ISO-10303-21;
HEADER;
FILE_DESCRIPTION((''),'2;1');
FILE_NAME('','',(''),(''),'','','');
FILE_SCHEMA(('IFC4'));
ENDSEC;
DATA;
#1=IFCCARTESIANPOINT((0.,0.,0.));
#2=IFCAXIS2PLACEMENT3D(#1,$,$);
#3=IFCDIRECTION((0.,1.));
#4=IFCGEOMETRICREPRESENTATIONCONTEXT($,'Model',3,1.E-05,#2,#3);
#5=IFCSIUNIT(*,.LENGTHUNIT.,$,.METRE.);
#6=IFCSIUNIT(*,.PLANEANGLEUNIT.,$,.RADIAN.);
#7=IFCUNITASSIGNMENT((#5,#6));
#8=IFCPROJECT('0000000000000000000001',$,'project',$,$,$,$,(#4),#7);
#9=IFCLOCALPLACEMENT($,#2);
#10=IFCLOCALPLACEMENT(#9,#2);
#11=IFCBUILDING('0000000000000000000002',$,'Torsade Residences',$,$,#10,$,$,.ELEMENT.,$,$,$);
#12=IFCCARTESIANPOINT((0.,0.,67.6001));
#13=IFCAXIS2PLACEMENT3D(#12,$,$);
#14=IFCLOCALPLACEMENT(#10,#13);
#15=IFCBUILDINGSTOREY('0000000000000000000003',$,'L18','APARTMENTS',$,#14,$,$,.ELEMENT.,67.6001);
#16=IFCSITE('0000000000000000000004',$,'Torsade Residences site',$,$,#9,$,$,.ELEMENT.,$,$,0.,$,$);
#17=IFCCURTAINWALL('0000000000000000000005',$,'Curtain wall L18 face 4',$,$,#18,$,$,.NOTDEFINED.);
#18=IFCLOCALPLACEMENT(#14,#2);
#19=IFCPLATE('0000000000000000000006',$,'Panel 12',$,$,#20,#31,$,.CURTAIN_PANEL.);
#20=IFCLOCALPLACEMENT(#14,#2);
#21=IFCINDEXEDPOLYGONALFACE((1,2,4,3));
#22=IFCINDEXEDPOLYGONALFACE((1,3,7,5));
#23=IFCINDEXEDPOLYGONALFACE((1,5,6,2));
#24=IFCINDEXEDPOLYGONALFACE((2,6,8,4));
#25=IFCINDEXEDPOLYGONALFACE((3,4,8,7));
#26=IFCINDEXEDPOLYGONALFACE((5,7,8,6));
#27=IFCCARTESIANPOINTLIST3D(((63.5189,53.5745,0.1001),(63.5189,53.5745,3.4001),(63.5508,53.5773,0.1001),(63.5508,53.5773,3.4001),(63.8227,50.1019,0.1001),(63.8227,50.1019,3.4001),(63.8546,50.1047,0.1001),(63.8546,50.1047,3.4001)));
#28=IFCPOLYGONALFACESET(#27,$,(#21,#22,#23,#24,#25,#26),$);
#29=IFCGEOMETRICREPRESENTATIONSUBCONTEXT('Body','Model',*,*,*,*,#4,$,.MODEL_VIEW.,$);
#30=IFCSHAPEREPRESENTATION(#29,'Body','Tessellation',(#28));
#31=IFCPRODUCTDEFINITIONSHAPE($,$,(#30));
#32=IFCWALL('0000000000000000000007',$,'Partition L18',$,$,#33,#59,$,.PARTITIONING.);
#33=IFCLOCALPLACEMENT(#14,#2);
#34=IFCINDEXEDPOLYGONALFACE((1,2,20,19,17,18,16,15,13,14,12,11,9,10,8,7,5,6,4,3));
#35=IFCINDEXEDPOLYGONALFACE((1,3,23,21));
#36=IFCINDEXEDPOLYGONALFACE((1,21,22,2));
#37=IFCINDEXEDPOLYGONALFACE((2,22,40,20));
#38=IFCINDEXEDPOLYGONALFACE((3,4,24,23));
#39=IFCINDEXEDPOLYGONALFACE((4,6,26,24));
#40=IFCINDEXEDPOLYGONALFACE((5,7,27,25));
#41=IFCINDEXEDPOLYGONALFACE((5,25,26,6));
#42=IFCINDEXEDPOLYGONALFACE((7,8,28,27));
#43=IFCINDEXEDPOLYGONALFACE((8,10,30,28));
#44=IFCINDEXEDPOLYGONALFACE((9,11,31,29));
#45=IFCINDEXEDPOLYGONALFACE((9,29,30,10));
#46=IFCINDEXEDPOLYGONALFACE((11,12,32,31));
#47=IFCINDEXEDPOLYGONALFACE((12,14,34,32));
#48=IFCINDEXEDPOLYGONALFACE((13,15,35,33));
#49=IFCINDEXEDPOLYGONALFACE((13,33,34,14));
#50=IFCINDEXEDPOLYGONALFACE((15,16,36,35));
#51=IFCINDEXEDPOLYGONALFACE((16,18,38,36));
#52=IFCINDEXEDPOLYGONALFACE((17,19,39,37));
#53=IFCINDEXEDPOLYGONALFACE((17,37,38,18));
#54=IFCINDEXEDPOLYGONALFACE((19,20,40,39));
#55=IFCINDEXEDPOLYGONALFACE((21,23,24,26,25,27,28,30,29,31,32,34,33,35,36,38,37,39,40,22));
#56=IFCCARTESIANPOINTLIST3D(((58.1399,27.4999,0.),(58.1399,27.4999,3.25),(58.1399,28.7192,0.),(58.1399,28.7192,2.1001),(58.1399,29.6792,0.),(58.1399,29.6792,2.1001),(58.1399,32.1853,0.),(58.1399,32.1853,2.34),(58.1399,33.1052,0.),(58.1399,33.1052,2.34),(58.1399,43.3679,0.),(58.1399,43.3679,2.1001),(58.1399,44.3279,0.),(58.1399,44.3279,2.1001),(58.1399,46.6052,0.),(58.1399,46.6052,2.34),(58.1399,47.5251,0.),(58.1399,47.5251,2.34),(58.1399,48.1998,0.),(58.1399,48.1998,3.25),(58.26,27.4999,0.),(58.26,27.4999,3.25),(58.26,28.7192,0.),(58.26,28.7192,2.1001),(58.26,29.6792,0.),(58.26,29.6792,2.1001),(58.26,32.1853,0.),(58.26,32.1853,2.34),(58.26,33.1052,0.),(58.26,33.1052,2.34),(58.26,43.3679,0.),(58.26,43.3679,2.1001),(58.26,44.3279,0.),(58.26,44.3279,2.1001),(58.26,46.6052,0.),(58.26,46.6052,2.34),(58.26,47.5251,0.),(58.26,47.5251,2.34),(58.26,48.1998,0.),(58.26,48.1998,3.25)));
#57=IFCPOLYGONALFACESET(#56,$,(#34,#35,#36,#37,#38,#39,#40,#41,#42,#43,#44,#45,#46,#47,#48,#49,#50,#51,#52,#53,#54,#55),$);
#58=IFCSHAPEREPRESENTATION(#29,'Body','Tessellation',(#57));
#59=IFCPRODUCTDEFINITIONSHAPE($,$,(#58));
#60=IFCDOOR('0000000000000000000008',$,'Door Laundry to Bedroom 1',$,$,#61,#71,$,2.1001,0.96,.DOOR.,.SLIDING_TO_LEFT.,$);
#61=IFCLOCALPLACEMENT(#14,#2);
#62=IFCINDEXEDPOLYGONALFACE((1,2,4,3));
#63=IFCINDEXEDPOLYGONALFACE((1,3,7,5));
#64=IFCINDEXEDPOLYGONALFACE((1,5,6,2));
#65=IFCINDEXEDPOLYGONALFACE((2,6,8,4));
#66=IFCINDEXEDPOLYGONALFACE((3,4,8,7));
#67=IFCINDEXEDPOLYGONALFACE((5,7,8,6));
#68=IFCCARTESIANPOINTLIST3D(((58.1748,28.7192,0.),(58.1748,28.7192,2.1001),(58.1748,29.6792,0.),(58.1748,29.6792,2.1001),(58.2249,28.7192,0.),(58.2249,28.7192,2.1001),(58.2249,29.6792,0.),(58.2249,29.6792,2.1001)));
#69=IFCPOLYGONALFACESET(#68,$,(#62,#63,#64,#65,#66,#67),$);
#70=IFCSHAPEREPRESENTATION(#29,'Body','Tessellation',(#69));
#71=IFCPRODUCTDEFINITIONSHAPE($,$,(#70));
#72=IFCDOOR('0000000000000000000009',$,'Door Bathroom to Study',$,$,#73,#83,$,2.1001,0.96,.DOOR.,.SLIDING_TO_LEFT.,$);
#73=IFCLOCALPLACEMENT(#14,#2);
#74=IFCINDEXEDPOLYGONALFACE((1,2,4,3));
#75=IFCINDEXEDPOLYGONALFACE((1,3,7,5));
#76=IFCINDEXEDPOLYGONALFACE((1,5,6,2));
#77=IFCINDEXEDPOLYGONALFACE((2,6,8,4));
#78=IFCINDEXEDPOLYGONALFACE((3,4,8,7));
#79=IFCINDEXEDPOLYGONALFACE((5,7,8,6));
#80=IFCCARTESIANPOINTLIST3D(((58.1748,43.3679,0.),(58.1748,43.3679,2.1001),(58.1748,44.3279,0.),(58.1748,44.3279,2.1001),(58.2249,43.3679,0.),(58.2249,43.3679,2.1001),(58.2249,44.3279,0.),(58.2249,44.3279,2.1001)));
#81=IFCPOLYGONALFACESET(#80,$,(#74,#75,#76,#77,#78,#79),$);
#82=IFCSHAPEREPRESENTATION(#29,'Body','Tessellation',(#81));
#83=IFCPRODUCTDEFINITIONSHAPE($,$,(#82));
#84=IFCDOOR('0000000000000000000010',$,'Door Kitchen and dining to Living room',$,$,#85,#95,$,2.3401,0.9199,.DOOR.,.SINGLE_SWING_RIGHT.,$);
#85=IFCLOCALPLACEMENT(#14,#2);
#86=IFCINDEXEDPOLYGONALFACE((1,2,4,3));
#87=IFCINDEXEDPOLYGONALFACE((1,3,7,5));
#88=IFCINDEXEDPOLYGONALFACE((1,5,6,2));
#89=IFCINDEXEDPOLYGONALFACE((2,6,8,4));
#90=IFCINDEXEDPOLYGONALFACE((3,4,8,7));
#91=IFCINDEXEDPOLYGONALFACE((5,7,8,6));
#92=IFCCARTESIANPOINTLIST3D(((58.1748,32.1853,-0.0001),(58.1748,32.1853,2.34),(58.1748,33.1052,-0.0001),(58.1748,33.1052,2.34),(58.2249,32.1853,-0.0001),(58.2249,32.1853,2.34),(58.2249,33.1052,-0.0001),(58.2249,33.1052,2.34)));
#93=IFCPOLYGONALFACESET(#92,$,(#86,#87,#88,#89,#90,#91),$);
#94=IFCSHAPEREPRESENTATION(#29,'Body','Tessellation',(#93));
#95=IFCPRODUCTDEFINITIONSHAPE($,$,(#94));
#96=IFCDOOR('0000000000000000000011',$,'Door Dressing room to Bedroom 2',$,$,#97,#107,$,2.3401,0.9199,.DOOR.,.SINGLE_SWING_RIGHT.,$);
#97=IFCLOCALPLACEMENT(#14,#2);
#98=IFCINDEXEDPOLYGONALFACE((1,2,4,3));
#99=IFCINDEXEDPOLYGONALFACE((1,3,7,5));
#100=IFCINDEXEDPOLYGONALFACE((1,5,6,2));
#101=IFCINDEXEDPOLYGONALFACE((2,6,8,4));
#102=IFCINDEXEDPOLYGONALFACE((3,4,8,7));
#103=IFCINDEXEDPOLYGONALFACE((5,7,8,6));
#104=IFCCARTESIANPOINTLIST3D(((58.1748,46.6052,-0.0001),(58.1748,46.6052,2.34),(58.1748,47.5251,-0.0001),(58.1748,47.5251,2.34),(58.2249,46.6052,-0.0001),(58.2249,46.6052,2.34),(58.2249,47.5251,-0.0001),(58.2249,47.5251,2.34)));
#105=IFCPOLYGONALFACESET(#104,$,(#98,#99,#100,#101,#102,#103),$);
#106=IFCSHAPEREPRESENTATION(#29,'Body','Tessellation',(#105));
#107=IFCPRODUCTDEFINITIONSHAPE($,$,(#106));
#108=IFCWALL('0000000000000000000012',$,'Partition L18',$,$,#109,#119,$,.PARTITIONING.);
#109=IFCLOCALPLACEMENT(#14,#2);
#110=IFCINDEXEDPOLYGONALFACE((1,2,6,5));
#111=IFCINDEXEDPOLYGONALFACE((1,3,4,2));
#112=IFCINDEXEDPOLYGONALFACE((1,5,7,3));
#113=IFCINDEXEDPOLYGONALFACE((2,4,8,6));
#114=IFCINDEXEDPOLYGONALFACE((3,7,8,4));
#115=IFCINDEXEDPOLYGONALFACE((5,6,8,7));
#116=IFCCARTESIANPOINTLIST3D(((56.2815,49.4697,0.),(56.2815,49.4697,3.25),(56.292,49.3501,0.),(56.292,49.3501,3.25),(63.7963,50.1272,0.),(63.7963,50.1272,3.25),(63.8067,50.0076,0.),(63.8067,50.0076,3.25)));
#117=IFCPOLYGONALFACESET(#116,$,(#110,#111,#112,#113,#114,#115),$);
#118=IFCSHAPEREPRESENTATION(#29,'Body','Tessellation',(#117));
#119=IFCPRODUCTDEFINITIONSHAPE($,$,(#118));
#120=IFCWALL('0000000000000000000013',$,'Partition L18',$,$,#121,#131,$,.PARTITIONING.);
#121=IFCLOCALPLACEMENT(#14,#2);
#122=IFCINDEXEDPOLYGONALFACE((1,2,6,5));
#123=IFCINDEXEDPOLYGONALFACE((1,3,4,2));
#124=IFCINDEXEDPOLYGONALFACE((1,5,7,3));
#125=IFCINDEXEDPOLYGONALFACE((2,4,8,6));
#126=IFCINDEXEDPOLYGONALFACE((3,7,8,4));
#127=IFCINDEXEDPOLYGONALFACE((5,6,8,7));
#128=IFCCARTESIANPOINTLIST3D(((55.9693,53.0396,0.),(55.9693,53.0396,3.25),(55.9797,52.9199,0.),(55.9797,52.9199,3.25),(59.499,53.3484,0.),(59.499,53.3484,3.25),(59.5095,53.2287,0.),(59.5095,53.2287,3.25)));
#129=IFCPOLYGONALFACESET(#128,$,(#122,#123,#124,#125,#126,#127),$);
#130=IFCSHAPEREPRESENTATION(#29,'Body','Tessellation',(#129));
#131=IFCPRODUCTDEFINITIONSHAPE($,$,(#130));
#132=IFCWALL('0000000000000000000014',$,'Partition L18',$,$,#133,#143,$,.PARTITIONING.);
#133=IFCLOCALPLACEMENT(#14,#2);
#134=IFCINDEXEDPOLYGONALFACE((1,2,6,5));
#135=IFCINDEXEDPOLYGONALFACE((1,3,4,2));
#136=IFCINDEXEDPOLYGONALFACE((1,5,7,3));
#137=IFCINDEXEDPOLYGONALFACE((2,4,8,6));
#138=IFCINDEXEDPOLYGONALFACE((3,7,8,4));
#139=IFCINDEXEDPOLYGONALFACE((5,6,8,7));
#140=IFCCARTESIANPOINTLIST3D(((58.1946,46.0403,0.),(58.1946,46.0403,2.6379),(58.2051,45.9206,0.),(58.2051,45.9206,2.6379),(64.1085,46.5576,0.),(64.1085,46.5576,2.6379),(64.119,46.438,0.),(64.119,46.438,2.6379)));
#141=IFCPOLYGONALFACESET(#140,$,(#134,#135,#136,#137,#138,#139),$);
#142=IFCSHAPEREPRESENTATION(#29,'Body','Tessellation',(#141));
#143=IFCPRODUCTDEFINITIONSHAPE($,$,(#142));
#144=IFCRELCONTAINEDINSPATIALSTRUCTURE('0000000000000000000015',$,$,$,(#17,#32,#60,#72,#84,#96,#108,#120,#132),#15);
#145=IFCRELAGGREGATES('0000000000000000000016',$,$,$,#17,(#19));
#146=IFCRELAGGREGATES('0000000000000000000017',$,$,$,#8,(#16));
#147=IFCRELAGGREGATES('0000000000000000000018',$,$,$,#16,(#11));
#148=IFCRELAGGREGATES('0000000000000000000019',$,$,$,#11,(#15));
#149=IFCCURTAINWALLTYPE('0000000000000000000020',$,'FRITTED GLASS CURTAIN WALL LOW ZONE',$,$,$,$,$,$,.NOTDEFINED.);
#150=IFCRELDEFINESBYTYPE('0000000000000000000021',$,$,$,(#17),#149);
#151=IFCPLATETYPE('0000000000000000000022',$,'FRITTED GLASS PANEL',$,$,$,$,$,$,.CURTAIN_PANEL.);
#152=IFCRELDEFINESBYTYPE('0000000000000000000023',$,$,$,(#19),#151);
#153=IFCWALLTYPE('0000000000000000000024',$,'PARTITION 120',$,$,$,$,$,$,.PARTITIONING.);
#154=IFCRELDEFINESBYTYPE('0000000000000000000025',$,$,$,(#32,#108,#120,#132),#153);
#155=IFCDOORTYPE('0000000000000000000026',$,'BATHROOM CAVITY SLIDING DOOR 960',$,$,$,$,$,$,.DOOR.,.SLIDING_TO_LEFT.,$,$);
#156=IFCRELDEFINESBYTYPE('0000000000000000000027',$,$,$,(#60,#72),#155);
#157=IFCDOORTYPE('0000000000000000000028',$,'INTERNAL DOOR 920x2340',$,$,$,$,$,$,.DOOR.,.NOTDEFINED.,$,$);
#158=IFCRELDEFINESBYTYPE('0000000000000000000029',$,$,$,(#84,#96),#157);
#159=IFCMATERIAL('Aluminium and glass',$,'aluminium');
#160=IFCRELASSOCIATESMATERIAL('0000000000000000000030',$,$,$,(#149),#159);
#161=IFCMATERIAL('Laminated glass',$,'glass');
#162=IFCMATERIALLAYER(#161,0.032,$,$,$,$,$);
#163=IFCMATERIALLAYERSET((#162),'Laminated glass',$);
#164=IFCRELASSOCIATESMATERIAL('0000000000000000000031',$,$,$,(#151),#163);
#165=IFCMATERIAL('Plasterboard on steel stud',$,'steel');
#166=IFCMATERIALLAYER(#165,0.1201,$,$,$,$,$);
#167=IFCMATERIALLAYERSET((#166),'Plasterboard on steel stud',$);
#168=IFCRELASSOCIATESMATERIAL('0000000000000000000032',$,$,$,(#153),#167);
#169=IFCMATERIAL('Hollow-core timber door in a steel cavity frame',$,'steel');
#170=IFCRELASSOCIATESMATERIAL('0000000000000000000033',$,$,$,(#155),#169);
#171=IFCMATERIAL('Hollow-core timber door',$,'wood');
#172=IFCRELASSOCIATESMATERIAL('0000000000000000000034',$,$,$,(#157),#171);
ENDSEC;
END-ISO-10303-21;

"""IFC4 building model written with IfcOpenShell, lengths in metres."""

from ifc_helpers import new_model, si_unit, direction, frame, frame_2d, origin, origin_2d, place, context, subcontext, project, spatial, rectangle, extrude, material, layer, layer_set, type_object, element, fill, aggregate, save


model = new_model("IFC4")

# Units and contexts
model_context = context("Model", 3, precision=1e-05, world=origin(), true_north=direction((0.0, 1.0)))
body_context = subcontext(model_context, "Body", "Model", "MODEL_VIEW")
ifc_project = project(units=[si_unit("LENGTHUNIT", "METRE"), si_unit("PLANEANGLEUNIT", "RADIAN")], contexts=[model_context])

# Site, building, storey
site_placement = place(None, origin())
site = spatial("IfcSite", under=ifc_project, at=site_placement, Name="Torsade Residences site", CompositionType="ELEMENT", RefElevation=0.0)
building_placement = place(site_placement, origin())
building = spatial("IfcBuilding", under=site, at=building_placement, Name="Torsade Residences", CompositionType="ELEMENT")
storey_placement = place(building_placement, frame((0.0, 0.0, 67.6001)))
storey = spatial("IfcBuildingStorey", under=building, at=storey_placement, Name="L18", Description="APARTMENTS", CompositionType="ELEMENT", Elevation=67.6001)

# Curtain wall
ifc_material_1 = material(Name="Aluminium and glass", Category="aluminium")
curtain_wall_type = type_object("IfcCurtainWallType", Name="FRITTED GLASS CURTAIN WALL LOW ZONE", PredefinedType="NOTDEFINED", material=ifc_material_1)
curtain_wall_placement = place(storey_placement, origin())
curtain_wall = element("IfcCurtainWall", 1, at=curtain_wall_placement, inside=storey, type_object=curtain_wall_type, Name="Curtain wall L18 face 4", PredefinedType="NOTDEFINED")

# Plate
ifc_material_2 = material(Name="Laminated glass", Category="glass")
ifc_layer_1 = layer(ifc_material_2, 0.032)
ifc_layer_set_1 = layer_set([ifc_layer_1], Name="Laminated glass")
plate_type = type_object("IfcPlateType", Name="FRITTED GLASS PANEL", PredefinedType="CURTAIN_PANEL", material=ifc_layer_set_1)
plate_1_placement = place(storey_placement, frame((63.6868, 51.8396, 0.1001), z_axis=(0.0, 0.0, 1.0), x_axis=(-0.087156, 0.996195, 0.0)))
plate_1 = element("IfcPlate", 2, at=plate_1_placement, type_object=plate_type, Name="Panel 12", PredefinedType="CURTAIN_PANEL", context=body_context, shape_type="SweptSolid", body=[
    extrude(rectangle(XDim=3.4858, YDim=0.032, at=origin_2d()), origin(), (0.0, 0.0, 1.0), 3.3),
])
aggregate(curtain_wall, [plate_1])

# Wall, openings, doors
ifc_material_3 = material(Name="Plasterboard on steel stud", Category="steel")
ifc_layer_2 = layer(ifc_material_3, 0.1201)
ifc_layer_set_2 = layer_set([ifc_layer_2], Name="Plasterboard on steel stud")
wall_type_1 = type_object("IfcWallType", Name="PARTITION 120", PredefinedType="PARTITIONING", material=ifc_layer_set_2)
wall_1_placement = place(storey_placement, frame((58.2, 48.2, 0.0), z_axis=(0.0, 0.0, 1.0), x_axis=(0.0, -1.0, 0.0)))
wall_1 = element("IfcWall", 3, at=wall_1_placement, inside=storey, type_object=wall_type_1, Name="Partition L18", PredefinedType="PARTITIONING", context=body_context, shape_type="SweptSolid", body=[
    extrude(rectangle(XDim=20.7, YDim=0.1201, at=frame_2d((10.3501, 0.0))), origin(), (0.0, 0.0, 1.0), 3.25),
])
opening_1_placement = place(wall_1_placement, frame((15.0947, 0.0, 0.0)))
opening_1 = element("IfcOpeningElement", 4, at=opening_1_placement, cuts=wall_1, PredefinedType="OPENING", context=body_context, shape_type="SweptSolid", body=[
    extrude(rectangle(XDim=0.9199, YDim=2.3401, at=frame_2d((0.46, 1.1699))), frame((0.0, 0.0701, 0.0), z_axis=(0.0, -1.0, 0.0), x_axis=(1.0, 0.0, 0.0)), (0.0, 0.0, 1.0), 0.1401),
])
opening_2_placement = place(wall_1_placement, frame((18.5208, 0.0, 0.0)))
opening_2 = element("IfcOpeningElement", 5, at=opening_2_placement, cuts=wall_1, PredefinedType="OPENING", context=body_context, shape_type="SweptSolid", body=[
    extrude(rectangle(XDim=0.96, YDim=2.1001, at=frame_2d((0.48, 1.05))), frame((0.0, 0.0701, 0.0), z_axis=(0.0, -1.0, 0.0), x_axis=(1.0, 0.0, 0.0)), (0.0, 0.0, 1.0), 0.1401),
])
opening_3_placement = place(wall_1_placement, frame((0.6748, 0.0, 0.0)))
opening_3 = element("IfcOpeningElement", 6, at=opening_3_placement, cuts=wall_1, PredefinedType="OPENING", context=body_context, shape_type="SweptSolid", body=[
    extrude(rectangle(XDim=0.9199, YDim=2.3401, at=frame_2d((0.46, 1.1699))), frame((0.0, 0.0701, 0.0), z_axis=(0.0, -1.0, 0.0), x_axis=(1.0, 0.0, 0.0)), (0.0, 0.0, 1.0), 0.1401),
])
opening_4_placement = place(wall_1_placement, frame((3.8721, 0.0, 0.0)))
opening_4 = element("IfcOpeningElement", 7, at=opening_4_placement, cuts=wall_1, PredefinedType="OPENING", context=body_context, shape_type="SweptSolid", body=[
    extrude(rectangle(XDim=0.96, YDim=2.1001, at=frame_2d((0.48, 1.05))), frame((0.0, 0.0701, 0.0), z_axis=(0.0, -1.0, 0.0), x_axis=(1.0, 0.0, 0.0)), (0.0, 0.0, 1.0), 0.1401),
])
ifc_material_4 = material(Name="Hollow-core timber door in a steel cavity frame", Category="steel")
door_type_1 = type_object("IfcDoorType", Name="BATHROOM CAVITY SLIDING DOOR 960", OperationType="SLIDING_TO_LEFT", PredefinedType="DOOR", material=ifc_material_4)
door_1_placement = place(opening_2_placement, origin())
door_1 = element("IfcDoor", 8, at=door_1_placement, inside=storey, type_object=door_type_1, Name="Door Laundry to Bedroom 1", OperationType="SLIDING_TO_LEFT", OverallHeight=2.1001, OverallWidth=0.96, PredefinedType="DOOR", context=body_context, shape_type="SweptSolid", body=[
    extrude(rectangle(XDim=0.96, YDim=2.1001, at=frame_2d((0.48, 1.05))), frame((0.0, 0.0249, 0.0), z_axis=(0.0, -1.0, 0.0), x_axis=(1.0, 0.0, 0.0)), (0.0, 0.0, 1.0), 0.05),
])
fill(opening_2, door_1)
door_2_placement = place(opening_4_placement, origin())
door_2 = element("IfcDoor", 9, at=door_2_placement, inside=storey, type_object=door_type_1, Name="Door Bathroom to Study", OperationType="SLIDING_TO_LEFT", OverallHeight=2.1001, OverallWidth=0.96, PredefinedType="DOOR", context=body_context, shape_type="SweptSolid", body=[
    extrude(rectangle(XDim=0.96, YDim=2.1001, at=frame_2d((0.48, 1.05))), frame((0.0, 0.0249, 0.0), z_axis=(0.0, -1.0, 0.0), x_axis=(1.0, 0.0, 0.0)), (0.0, 0.0, 1.0), 0.05),
])
fill(opening_4, door_2)
ifc_material_5 = material(Name="Hollow-core timber door", Category="wood")
door_type_2 = type_object("IfcDoorType", Name="INTERNAL DOOR 920x2340", OperationType="NOTDEFINED", PredefinedType="DOOR", material=ifc_material_5)
door_3_placement = place(opening_1_placement, origin())
door_3 = element("IfcDoor", 10, at=door_3_placement, inside=storey, type_object=door_type_2, Name="Door Kitchen and dining to Living room", OperationType="SINGLE_SWING_RIGHT", OverallHeight=2.3401, OverallWidth=0.9199, PredefinedType="DOOR", context=body_context, shape_type="SweptSolid", body=[
    extrude(rectangle(XDim=0.9199, YDim=2.3401, at=frame_2d((0.46, 1.1699))), frame((0.0, 0.0249, 0.0), z_axis=(0.0, -1.0, 0.0), x_axis=(1.0, 0.0, 0.0)), (0.0, 0.0, 1.0), 0.05),
])
fill(opening_1, door_3)
door_4_placement = place(opening_3_placement, origin())
door_4 = element("IfcDoor", 11, at=door_4_placement, inside=storey, type_object=door_type_2, Name="Door Dressing room to Bedroom 2", OperationType="SINGLE_SWING_RIGHT", OverallHeight=2.3401, OverallWidth=0.9199, PredefinedType="DOOR", context=body_context, shape_type="SweptSolid", body=[
    extrude(rectangle(XDim=0.9199, YDim=2.3401, at=frame_2d((0.46, 1.1699))), frame((0.0, 0.0249, 0.0), z_axis=(0.0, -1.0, 0.0), x_axis=(1.0, 0.0, 0.0)), (0.0, 0.0, 1.0), 0.05),
])
fill(opening_3, door_4)

# Walls
wall_2_placement = place(storey_placement, frame((63.8015, 50.0674, 0.0), z_axis=(0.0, 0.0, 1.0), x_axis=(-0.996194, -0.087159, 0.0)))
element("IfcWall", 12, at=wall_2_placement, inside=storey, type_object=wall_type_1, Name="Partition L18", PredefinedType="PARTITIONING", context=body_context, shape_type="SweptSolid", body=[
    extrude(rectangle(XDim=7.5435, YDim=0.1201, at=frame_2d((3.7717, 0.0))), origin(), (0.0, 0.0, 1.0), 3.25),
])
wall_3_placement = place(storey_placement, frame((55.9746, 52.9797, 0.0), z_axis=(0.0, 0.0, 1.0), x_axis=(0.996194, 0.087162, 0.0)))
element("IfcWall", 13, at=wall_3_placement, inside=storey, type_object=wall_type_1, Name="Partition L18", PredefinedType="PARTITIONING", context=body_context, shape_type="SweptSolid", body=[
    extrude(rectangle(XDim=3.5432, YDim=0.1201, at=frame_2d((1.7715, 0.0))), origin(), (0.0, 0.0, 1.0), 3.25),
])
wall_4_placement = place(storey_placement, frame((64.1138, 46.4978, 0.0), z_axis=(0.0, 0.0, 1.0), x_axis=(-0.996196, -0.087146, 0.0)))
element("IfcWall", 14, at=wall_4_placement, inside=storey, type_object=wall_type_1, Name="Partition L18", PredefinedType="PARTITIONING", context=body_context, shape_type="SweptSolid", body=[
    extrude(rectangle(XDim=5.9365, YDim=0.1201, at=frame_2d((2.9683, 0.0))), origin(), (0.0, 0.0, 1.0), 2.6379),
])

save(model, "model.ifc")
